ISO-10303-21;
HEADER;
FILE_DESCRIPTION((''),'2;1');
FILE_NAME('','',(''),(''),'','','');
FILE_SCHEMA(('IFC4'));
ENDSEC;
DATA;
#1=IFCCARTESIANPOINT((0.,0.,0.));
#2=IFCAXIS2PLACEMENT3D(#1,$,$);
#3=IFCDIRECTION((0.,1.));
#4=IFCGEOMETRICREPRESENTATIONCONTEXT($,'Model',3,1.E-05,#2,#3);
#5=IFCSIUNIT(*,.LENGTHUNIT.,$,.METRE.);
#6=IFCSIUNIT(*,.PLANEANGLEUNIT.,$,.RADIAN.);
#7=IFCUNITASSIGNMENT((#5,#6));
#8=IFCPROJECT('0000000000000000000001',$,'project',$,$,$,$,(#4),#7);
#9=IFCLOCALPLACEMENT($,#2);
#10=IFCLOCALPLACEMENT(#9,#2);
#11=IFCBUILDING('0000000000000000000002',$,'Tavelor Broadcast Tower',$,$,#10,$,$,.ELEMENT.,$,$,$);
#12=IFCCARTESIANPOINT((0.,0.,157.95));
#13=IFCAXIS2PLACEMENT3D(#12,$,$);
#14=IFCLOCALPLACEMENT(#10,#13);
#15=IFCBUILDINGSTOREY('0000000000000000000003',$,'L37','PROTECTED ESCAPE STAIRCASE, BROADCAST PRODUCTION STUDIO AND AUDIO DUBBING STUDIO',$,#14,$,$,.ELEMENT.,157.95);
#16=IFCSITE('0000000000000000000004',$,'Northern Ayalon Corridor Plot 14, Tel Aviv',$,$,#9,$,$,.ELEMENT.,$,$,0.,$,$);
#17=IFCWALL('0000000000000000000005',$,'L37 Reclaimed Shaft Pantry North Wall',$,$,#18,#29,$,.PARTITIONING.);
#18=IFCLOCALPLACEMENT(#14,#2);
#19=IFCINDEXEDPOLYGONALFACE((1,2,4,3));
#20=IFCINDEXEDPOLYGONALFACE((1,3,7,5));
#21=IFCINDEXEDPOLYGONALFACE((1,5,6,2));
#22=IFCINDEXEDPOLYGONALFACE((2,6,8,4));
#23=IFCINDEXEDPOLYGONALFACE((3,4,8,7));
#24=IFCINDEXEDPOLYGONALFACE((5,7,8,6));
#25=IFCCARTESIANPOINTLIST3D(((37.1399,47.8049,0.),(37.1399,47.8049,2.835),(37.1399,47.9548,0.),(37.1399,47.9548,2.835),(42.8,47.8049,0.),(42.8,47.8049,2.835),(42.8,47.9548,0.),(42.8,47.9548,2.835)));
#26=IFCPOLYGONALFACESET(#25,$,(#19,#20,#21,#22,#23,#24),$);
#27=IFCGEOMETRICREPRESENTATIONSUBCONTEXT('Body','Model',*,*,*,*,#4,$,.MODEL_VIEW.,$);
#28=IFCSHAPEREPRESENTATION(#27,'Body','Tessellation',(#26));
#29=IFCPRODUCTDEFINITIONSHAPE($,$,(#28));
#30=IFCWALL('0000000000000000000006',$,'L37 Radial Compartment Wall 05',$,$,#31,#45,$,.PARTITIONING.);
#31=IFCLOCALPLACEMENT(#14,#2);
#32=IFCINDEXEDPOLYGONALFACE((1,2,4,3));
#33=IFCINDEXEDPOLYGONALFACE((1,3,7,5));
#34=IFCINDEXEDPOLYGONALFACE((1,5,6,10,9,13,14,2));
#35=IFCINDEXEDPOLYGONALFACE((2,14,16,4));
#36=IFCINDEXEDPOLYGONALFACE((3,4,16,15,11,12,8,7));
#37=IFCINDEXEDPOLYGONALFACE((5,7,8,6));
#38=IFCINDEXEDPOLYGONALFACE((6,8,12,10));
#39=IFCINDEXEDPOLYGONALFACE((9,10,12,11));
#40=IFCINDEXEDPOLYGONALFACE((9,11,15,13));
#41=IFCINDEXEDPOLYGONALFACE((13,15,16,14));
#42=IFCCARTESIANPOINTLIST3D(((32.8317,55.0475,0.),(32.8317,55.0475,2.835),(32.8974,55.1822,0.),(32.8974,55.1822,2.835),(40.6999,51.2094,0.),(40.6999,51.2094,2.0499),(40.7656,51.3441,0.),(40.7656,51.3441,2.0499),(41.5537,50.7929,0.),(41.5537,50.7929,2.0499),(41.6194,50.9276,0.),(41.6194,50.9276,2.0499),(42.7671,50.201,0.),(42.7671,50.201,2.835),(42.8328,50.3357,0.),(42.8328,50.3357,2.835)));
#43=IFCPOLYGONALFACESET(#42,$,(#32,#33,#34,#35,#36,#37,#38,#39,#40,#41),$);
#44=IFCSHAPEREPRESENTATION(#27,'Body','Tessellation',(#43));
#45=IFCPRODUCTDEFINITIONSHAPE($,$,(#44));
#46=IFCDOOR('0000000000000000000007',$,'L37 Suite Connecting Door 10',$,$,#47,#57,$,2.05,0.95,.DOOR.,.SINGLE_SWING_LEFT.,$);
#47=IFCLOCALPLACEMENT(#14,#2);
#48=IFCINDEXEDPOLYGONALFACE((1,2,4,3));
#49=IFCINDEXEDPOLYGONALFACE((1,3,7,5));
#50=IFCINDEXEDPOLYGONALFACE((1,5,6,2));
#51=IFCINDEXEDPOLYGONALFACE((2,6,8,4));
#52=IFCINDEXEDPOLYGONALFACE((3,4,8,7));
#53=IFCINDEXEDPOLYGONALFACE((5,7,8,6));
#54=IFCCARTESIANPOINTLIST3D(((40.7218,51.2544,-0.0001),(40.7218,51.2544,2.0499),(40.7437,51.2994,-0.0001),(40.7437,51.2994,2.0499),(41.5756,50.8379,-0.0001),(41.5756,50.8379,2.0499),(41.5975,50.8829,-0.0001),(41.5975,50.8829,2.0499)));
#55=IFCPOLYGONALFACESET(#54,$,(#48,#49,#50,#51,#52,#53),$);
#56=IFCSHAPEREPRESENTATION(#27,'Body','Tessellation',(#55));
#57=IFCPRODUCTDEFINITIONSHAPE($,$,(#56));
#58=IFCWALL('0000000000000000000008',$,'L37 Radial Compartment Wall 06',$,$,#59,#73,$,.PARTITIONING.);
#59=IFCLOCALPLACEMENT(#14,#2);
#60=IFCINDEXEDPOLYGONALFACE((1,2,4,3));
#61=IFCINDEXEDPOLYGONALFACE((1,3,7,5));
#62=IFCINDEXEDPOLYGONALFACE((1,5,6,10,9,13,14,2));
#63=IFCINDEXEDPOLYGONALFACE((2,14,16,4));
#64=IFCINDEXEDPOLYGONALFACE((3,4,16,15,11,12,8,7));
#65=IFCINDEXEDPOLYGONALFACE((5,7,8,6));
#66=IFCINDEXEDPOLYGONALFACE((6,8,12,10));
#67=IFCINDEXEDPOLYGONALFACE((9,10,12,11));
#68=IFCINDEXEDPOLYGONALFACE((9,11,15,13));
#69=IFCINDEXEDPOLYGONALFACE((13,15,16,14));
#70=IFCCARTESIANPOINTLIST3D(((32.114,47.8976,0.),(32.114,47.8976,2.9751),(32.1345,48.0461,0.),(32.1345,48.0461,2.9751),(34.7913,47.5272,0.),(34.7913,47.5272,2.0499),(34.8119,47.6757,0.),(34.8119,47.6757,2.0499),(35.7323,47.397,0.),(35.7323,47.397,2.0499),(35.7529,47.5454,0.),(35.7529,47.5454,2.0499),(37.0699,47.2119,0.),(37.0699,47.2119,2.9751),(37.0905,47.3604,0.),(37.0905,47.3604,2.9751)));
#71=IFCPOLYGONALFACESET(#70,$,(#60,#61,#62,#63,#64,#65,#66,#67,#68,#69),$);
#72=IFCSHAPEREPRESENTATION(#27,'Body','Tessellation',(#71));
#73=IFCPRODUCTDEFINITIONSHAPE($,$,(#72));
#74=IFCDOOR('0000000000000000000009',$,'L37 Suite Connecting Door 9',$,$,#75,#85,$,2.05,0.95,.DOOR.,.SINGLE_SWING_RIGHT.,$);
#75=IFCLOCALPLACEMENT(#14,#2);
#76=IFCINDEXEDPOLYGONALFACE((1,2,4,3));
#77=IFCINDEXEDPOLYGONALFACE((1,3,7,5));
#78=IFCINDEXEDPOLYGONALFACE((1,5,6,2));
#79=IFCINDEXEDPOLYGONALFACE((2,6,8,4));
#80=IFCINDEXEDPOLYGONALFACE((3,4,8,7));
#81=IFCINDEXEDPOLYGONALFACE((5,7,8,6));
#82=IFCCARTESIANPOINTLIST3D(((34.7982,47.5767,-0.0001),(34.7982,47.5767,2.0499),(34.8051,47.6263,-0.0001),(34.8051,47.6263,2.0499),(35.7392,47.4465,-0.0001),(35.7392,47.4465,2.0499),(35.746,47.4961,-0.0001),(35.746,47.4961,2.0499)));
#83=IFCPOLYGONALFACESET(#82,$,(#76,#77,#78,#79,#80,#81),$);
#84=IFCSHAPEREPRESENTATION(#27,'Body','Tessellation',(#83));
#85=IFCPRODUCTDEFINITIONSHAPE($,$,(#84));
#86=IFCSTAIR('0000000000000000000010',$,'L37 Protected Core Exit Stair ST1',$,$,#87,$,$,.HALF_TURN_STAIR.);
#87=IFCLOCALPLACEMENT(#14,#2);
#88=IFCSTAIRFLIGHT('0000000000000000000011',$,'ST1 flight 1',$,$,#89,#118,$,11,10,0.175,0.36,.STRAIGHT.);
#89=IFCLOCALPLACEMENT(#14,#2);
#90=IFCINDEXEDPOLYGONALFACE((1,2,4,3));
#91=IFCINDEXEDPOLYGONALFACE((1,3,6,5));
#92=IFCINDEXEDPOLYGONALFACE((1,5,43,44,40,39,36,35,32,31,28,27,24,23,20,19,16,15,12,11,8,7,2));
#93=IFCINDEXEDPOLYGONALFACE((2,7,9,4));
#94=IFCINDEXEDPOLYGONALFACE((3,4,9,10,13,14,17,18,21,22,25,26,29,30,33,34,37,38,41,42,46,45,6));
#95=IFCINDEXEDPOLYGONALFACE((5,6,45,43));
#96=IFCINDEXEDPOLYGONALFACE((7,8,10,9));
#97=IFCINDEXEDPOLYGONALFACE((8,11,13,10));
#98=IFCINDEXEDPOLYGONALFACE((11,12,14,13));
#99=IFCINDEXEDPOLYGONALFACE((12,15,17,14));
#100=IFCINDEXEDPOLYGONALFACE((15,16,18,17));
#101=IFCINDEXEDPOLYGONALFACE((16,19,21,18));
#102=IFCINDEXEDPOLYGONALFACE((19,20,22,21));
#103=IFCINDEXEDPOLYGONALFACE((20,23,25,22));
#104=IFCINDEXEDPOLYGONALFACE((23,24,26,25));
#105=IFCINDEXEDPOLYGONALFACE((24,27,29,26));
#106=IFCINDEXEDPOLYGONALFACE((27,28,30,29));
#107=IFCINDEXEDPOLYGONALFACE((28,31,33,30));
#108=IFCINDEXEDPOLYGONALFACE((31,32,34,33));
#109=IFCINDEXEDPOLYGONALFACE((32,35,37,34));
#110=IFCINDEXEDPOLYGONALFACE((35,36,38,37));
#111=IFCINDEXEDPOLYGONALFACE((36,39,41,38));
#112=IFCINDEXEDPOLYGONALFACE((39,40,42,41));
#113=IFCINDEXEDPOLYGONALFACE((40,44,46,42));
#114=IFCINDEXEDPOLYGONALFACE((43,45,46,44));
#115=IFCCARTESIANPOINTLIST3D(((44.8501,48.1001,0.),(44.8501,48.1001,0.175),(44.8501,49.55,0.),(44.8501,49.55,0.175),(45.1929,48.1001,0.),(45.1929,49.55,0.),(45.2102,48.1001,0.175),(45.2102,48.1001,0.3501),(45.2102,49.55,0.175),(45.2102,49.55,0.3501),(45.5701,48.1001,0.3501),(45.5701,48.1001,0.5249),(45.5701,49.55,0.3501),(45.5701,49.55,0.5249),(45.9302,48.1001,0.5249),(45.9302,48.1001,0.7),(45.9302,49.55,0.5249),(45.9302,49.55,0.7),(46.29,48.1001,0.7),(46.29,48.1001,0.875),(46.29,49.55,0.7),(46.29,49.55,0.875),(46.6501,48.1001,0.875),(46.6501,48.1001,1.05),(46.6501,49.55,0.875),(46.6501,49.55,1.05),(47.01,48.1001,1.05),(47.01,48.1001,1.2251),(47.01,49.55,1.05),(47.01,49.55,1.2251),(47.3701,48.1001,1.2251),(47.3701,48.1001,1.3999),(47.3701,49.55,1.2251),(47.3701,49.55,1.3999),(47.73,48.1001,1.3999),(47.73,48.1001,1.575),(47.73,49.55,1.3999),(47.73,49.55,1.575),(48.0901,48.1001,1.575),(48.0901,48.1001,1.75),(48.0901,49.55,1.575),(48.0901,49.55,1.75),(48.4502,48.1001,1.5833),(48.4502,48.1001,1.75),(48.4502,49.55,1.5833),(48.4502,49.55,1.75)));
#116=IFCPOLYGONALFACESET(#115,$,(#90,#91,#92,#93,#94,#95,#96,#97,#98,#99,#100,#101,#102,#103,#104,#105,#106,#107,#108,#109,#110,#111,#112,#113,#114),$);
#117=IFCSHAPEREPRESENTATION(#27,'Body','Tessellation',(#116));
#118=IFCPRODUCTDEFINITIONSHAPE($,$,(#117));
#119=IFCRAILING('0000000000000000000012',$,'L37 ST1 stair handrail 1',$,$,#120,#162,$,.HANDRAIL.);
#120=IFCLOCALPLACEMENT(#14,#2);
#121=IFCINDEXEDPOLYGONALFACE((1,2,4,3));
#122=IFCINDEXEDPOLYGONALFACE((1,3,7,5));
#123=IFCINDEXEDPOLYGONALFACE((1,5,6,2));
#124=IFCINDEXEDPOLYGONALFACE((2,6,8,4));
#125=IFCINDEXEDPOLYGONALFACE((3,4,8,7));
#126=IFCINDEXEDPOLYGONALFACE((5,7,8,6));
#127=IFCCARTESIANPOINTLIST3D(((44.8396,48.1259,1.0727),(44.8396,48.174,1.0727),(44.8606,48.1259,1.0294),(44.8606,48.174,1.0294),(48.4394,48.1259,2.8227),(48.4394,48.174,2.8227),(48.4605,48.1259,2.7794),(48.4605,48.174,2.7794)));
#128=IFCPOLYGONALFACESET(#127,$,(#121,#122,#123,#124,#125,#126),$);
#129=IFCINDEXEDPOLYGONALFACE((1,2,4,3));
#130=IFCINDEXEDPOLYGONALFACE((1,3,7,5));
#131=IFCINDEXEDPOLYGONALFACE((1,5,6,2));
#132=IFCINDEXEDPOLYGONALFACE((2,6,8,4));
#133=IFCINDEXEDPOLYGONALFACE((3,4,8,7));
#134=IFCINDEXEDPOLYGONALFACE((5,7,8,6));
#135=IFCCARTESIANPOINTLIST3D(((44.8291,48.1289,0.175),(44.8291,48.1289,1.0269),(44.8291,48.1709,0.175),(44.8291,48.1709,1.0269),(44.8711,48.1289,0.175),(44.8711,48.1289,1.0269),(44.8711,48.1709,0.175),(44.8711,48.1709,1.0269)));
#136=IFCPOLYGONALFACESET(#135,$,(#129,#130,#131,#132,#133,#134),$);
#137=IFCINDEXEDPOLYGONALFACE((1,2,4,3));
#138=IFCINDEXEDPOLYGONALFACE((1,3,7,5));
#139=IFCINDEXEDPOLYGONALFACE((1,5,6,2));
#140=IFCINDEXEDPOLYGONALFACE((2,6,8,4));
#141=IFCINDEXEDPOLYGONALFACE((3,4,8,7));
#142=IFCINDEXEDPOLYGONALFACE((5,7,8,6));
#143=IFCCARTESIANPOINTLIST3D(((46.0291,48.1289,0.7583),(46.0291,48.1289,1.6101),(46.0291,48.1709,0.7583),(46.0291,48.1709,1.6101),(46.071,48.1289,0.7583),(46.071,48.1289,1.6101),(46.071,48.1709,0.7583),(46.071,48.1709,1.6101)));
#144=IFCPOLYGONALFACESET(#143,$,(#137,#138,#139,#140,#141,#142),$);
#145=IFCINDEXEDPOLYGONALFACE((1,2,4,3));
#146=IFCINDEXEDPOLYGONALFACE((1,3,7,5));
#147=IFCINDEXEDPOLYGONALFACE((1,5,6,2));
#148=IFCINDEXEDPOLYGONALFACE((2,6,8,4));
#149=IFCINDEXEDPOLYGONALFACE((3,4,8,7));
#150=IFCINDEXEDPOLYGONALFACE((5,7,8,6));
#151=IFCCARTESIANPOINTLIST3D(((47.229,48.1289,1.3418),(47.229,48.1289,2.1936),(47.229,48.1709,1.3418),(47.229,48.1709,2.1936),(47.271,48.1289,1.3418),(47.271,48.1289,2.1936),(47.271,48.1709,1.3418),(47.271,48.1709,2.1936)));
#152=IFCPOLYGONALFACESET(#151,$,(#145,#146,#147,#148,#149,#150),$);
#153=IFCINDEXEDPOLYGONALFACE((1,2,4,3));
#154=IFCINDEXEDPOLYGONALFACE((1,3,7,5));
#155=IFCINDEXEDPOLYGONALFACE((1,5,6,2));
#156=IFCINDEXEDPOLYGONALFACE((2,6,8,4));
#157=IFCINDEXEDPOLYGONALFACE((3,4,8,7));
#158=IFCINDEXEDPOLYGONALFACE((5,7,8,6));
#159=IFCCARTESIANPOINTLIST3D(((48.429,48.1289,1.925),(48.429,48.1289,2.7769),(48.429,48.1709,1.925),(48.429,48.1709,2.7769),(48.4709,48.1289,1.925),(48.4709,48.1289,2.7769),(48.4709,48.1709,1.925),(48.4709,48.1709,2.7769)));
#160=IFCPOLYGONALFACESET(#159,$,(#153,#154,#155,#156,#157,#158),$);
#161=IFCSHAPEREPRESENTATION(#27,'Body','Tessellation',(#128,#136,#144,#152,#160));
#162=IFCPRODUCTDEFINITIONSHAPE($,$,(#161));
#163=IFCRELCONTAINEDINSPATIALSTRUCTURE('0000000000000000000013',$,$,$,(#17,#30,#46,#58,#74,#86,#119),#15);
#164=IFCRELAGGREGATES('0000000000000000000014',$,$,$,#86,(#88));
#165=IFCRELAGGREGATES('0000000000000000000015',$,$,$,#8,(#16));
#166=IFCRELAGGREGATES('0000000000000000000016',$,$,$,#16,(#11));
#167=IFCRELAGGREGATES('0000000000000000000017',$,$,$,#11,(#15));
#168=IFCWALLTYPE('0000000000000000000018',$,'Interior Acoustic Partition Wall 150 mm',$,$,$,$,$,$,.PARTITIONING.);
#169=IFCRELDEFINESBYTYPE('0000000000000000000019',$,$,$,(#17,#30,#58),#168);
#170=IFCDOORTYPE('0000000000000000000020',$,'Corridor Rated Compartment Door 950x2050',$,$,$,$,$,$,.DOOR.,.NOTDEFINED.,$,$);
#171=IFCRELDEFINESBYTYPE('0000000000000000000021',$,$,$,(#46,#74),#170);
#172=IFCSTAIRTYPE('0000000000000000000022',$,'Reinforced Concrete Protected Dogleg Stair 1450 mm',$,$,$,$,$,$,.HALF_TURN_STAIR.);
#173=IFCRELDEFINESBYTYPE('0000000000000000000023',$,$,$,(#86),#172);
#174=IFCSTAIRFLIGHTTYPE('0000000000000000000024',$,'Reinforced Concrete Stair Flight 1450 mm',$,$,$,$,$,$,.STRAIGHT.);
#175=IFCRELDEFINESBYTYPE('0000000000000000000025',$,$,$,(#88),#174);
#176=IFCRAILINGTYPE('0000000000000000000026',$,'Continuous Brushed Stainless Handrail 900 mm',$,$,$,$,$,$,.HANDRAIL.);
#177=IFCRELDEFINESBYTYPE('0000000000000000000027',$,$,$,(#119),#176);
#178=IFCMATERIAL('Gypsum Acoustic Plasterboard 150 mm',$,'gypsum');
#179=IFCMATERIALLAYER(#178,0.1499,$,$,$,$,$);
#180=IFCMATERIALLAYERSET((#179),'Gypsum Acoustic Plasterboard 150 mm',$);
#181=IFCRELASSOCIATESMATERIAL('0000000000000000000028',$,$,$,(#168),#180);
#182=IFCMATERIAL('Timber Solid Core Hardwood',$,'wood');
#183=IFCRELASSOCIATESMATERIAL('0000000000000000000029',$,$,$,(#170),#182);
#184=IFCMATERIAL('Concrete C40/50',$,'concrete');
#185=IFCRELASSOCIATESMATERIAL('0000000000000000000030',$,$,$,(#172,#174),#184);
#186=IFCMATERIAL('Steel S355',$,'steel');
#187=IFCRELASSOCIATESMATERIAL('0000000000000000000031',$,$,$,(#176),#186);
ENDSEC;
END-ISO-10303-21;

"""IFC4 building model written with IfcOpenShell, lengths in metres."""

from ifc_helpers import new_model, si_unit, direction, frame, frame_2d, origin, origin_2d, place, context, subcontext, project, spatial, polyline, rectangle, outline, extrude, material, layer, layer_set, type_object, element, fill, aggregate, save


model = new_model("IFC4")

# Units and contexts
model_context = context("Model", 3, precision=1e-05, world=origin(), true_north=direction((0.0, 1.0)))
body_context = subcontext(model_context, "Body", "Model", "MODEL_VIEW")
ifc_project = project(units=[si_unit("LENGTHUNIT", "METRE"), si_unit("PLANEANGLEUNIT", "RADIAN")], contexts=[model_context])

# Site, building, storey
site_placement = place(None, origin())
site = spatial("IfcSite", under=ifc_project, at=site_placement, Name="Northern Ayalon Corridor Plot 14, Tel Aviv", CompositionType="ELEMENT", RefElevation=0.0)
building_placement = place(site_placement, origin())
building = spatial("IfcBuilding", under=site, at=building_placement, Name="Tavelor Broadcast Tower", CompositionType="ELEMENT")
storey_placement = place(building_placement, frame((0.0, 0.0, 157.95)))
storey = spatial("IfcBuildingStorey", under=building, at=storey_placement, Name="L37", Description="PROTECTED ESCAPE STAIRCASE, BROADCAST PRODUCTION STUDIO AND AUDIO DUBBING STUDIO", CompositionType="ELEMENT", Elevation=157.95)

# Shared definitions
ifc_material_1 = material(Name="Concrete C40/50", Category="concrete")
ifc_material_2 = material(Name="Steel S355", Category="steel")

# Wall
ifc_material_3 = material(Name="Gypsum Acoustic Plasterboard 150 mm", Category="gypsum")
ifc_layer_1 = layer(ifc_material_3, 0.1499)
ifc_layer_set_1 = layer_set([ifc_layer_1], Name="Gypsum Acoustic Plasterboard 150 mm")
wall_type_1 = type_object("IfcWallType", Name="Interior Acoustic Partition Wall 150 mm", PredefinedType="PARTITIONING", material=ifc_layer_set_1)
wall_1_placement = place(storey_placement, frame((37.1399, 47.8799, 0.0), z_axis=(0.0, 0.0, 1.0), x_axis=(1.0, 0.0, 0.0)))
element("IfcWall", 1, at=wall_1_placement, inside=storey, type_object=wall_type_1, Name="L37 Reclaimed Shaft Pantry North Wall", PredefinedType="PARTITIONING", context=body_context, shape_type="SweptSolid", body=[
    extrude(rectangle(XDim=5.6602, YDim=0.1499, at=frame_2d((2.8301, 0.0))), origin(), (0.0, 0.0, 1.0), 2.835),
])

# Walls, openings, doors
wall_2_placement = place(storey_placement, frame((42.8, 50.2683, 0.0), z_axis=(0.0, 0.0, 1.0), x_axis=(-0.89877, 0.43842, 0.0)))
wall_2 = element("IfcWall", 2, at=wall_2_placement, inside=storey, type_object=wall_type_1, Name="L37 Radial Compartment Wall 05", PredefinedType="PARTITIONING", context=body_context, shape_type="SweptSolid", body=[
    extrude(rectangle(XDim=11.0544, YDim=0.1499, at=frame_2d((5.5273, 0.0))), origin(), (0.0, 0.0, 1.0), 2.835),
])
opening_1_placement = place(wall_2_placement, frame((1.3501, 0.0, 0.0)))
opening_1 = element("IfcOpeningElement", 3, at=opening_1_placement, cuts=wall_2, PredefinedType="OPENING", context=body_context, shape_type="SweptSolid", body=[
    extrude(rectangle(XDim=0.95, YDim=2.05, at=frame_2d((0.4751, 1.0249))), frame((0.0, 0.085, 0.0), z_axis=(0.0, -1.0, 0.0), x_axis=(1.0, 0.0, 0.0)), (0.0, 0.0, 1.0), 0.1699),
])
ifc_material_4 = material(Name="Timber Solid Core Hardwood", Category="wood")
door_type_1 = type_object("IfcDoorType", Name="Corridor Rated Compartment Door 950x2050", OperationType="NOTDEFINED", PredefinedType="DOOR", material=ifc_material_4)
door_1_placement = place(opening_1_placement, origin())
door_1 = element("IfcDoor", 4, at=door_1_placement, inside=storey, type_object=door_type_1, Name="L37 Suite Connecting Door 10", OperationType="SINGLE_SWING_LEFT", OverallHeight=2.05, OverallWidth=0.95, PredefinedType="DOOR", context=body_context, shape_type="SweptSolid", body=[
    extrude(rectangle(XDim=0.95, YDim=2.05, at=frame_2d((0.4751, 1.0249))), frame((0.0, 0.0249, 0.0), z_axis=(0.0, -1.0, 0.0), x_axis=(1.0, 0.0, 0.0)), (0.0, 0.0, 1.0), 0.05),
])
fill(opening_1, door_1)
wall_3_placement = place(storey_placement, frame((37.0801, 47.2861, 0.0), z_axis=(0.0, 0.0, 1.0), x_axis=(-0.990562, 0.137068, 0.0)))
wall_3 = element("IfcWall", 5, at=wall_3_placement, inside=storey, type_object=wall_type_1, Name="L37 Radial Compartment Wall 06", PredefinedType="PARTITIONING", context=body_context, shape_type="SweptSolid", body=[
    extrude(rectangle(XDim=5.0032, YDim=0.1499, at=frame_2d((2.5015, 0.0))), origin(), (0.0, 0.0, 1.0), 2.9751),
])
opening_2_placement = place(wall_3_placement, frame((1.3501, 0.0, 0.0)))
opening_2 = element("IfcOpeningElement", 6, at=opening_2_placement, cuts=wall_3, PredefinedType="OPENING", context=body_context, shape_type="SweptSolid", body=[
    extrude(rectangle(XDim=0.95, YDim=2.05, at=frame_2d((0.4751, 1.0249))), frame((0.0, 0.085, 0.0), z_axis=(0.0, -1.0, 0.0), x_axis=(1.0, 0.0, 0.0)), (0.0, 0.0, 1.0), 0.1699),
])
door_2_placement = place(opening_2_placement, origin())
door_2 = element("IfcDoor", 7, at=door_2_placement, inside=storey, type_object=door_type_1, Name="L37 Suite Connecting Door 9", OperationType="SINGLE_SWING_RIGHT", OverallHeight=2.05, OverallWidth=0.95, PredefinedType="DOOR", context=body_context, shape_type="SweptSolid", body=[
    extrude(rectangle(XDim=0.95, YDim=2.05, at=frame_2d((0.4751, 1.0249))), frame((0.0, 0.0249, 0.0), z_axis=(0.0, -1.0, 0.0), x_axis=(1.0, 0.0, 0.0)), (0.0, 0.0, 1.0), 0.05),
])
fill(opening_2, door_2)

# Stair, stair flight
stair_type = type_object("IfcStairType", Name="Reinforced Concrete Protected Dogleg Stair 1450 mm", PredefinedType="HALF_TURN_STAIR", material=ifc_material_1)
stair_placement = place(storey_placement, origin())
stair = element("IfcStair", 8, at=stair_placement, inside=storey, type_object=stair_type, Name="L37 Protected Core Exit Stair ST1", PredefinedType="HALF_TURN_STAIR")
stair_flight_type = type_object("IfcStairFlightType", Name="Reinforced Concrete Stair Flight 1450 mm", PredefinedType="STRAIGHT", material=ifc_material_1)
stair_flight_placement = place(storey_placement, frame((44.8501, 48.825, 0.0), z_axis=(0.0, 0.0, 1.0), x_axis=(1.0, 0.0, 0.0)))
stair_flight = element("IfcStairFlight", 9, at=stair_flight_placement, type_object=stair_flight_type, Name="ST1 flight 1", NumberOfRisers=11, NumberOfTreads=10, PredefinedType="STRAIGHT", RiserHeight=0.175, TreadLength=0.36, context=body_context, shape_type="SweptSolid", body=[
    extrude(outline(polyline([(0.0, 0.0), (0.0, 0.175), (0.3601, 0.175), (0.3601, 0.3501), (0.72, 0.3501), (0.72, 0.5249), (1.0801, 0.5249), (1.0801, 0.7), (1.4399, 0.7), (1.4399, 0.875), (1.8, 0.875), (1.8, 1.05), (2.1599, 1.05), (2.1599, 1.2251), (2.52, 1.2251), (2.52, 1.3999), (2.8799, 1.3999), (2.8799, 1.575), (3.24, 1.575), (3.24, 1.75), (3.6001, 1.75), (3.6001, 1.925), (3.6001, 1.5833), (0.3428, 0.0), (0.0, 0.0)])), frame((0.0, 0.7251, 0.0), z_axis=(0.0, -1.0, 0.0), x_axis=(1.0, 0.0, 0.0)), (0.0, 0.0, 1.0), 1.45),
])
aggregate(stair, [stair_flight])

# Railing
railing_type_1 = type_object("IfcRailingType", Name="Continuous Brushed Stainless Handrail 900 mm", PredefinedType="HANDRAIL", material=ifc_material_2)
railing_1_placement = place(storey_placement, frame((44.8501, 48.1499, 0.175)))
element("IfcRailing", 10, at=railing_1_placement, inside=storey, type_object=railing_type_1, Name="L37 ST1 stair handrail 1", PredefinedType="HANDRAIL", context=body_context, shape_type="SweptSolid", body=[
    extrude(rectangle(XDim=0.0481, YDim=0.0481, at=origin_2d()), frame((0.0, 0.0, 0.876), z_axis=(0.899361, 0.0, 0.437207), x_axis=(0.0, 1.0, 0.0)), (0.0, 0.0, 1.0), 4.0027),
    extrude(rectangle(XDim=0.042, YDim=0.042, at=origin_2d()), origin(), (0.0, 0.0, 1.0), 0.8518),
    extrude(rectangle(XDim=0.042, YDim=0.042, at=origin_2d()), frame((1.2, 0.0, 0.5833)), (0.0, 0.0, 1.0), 0.8518),
    extrude(rectangle(XDim=0.042, YDim=0.042, at=origin_2d()), frame((2.3999, 0.0, 1.1667)), (0.0, 0.0, 1.0), 0.8518),
    extrude(rectangle(XDim=0.042, YDim=0.042, at=origin_2d()), frame((3.5999, 0.0, 1.75)), (0.0, 0.0, 1.0), 0.8518),
])

save(model, "model.ifc")
